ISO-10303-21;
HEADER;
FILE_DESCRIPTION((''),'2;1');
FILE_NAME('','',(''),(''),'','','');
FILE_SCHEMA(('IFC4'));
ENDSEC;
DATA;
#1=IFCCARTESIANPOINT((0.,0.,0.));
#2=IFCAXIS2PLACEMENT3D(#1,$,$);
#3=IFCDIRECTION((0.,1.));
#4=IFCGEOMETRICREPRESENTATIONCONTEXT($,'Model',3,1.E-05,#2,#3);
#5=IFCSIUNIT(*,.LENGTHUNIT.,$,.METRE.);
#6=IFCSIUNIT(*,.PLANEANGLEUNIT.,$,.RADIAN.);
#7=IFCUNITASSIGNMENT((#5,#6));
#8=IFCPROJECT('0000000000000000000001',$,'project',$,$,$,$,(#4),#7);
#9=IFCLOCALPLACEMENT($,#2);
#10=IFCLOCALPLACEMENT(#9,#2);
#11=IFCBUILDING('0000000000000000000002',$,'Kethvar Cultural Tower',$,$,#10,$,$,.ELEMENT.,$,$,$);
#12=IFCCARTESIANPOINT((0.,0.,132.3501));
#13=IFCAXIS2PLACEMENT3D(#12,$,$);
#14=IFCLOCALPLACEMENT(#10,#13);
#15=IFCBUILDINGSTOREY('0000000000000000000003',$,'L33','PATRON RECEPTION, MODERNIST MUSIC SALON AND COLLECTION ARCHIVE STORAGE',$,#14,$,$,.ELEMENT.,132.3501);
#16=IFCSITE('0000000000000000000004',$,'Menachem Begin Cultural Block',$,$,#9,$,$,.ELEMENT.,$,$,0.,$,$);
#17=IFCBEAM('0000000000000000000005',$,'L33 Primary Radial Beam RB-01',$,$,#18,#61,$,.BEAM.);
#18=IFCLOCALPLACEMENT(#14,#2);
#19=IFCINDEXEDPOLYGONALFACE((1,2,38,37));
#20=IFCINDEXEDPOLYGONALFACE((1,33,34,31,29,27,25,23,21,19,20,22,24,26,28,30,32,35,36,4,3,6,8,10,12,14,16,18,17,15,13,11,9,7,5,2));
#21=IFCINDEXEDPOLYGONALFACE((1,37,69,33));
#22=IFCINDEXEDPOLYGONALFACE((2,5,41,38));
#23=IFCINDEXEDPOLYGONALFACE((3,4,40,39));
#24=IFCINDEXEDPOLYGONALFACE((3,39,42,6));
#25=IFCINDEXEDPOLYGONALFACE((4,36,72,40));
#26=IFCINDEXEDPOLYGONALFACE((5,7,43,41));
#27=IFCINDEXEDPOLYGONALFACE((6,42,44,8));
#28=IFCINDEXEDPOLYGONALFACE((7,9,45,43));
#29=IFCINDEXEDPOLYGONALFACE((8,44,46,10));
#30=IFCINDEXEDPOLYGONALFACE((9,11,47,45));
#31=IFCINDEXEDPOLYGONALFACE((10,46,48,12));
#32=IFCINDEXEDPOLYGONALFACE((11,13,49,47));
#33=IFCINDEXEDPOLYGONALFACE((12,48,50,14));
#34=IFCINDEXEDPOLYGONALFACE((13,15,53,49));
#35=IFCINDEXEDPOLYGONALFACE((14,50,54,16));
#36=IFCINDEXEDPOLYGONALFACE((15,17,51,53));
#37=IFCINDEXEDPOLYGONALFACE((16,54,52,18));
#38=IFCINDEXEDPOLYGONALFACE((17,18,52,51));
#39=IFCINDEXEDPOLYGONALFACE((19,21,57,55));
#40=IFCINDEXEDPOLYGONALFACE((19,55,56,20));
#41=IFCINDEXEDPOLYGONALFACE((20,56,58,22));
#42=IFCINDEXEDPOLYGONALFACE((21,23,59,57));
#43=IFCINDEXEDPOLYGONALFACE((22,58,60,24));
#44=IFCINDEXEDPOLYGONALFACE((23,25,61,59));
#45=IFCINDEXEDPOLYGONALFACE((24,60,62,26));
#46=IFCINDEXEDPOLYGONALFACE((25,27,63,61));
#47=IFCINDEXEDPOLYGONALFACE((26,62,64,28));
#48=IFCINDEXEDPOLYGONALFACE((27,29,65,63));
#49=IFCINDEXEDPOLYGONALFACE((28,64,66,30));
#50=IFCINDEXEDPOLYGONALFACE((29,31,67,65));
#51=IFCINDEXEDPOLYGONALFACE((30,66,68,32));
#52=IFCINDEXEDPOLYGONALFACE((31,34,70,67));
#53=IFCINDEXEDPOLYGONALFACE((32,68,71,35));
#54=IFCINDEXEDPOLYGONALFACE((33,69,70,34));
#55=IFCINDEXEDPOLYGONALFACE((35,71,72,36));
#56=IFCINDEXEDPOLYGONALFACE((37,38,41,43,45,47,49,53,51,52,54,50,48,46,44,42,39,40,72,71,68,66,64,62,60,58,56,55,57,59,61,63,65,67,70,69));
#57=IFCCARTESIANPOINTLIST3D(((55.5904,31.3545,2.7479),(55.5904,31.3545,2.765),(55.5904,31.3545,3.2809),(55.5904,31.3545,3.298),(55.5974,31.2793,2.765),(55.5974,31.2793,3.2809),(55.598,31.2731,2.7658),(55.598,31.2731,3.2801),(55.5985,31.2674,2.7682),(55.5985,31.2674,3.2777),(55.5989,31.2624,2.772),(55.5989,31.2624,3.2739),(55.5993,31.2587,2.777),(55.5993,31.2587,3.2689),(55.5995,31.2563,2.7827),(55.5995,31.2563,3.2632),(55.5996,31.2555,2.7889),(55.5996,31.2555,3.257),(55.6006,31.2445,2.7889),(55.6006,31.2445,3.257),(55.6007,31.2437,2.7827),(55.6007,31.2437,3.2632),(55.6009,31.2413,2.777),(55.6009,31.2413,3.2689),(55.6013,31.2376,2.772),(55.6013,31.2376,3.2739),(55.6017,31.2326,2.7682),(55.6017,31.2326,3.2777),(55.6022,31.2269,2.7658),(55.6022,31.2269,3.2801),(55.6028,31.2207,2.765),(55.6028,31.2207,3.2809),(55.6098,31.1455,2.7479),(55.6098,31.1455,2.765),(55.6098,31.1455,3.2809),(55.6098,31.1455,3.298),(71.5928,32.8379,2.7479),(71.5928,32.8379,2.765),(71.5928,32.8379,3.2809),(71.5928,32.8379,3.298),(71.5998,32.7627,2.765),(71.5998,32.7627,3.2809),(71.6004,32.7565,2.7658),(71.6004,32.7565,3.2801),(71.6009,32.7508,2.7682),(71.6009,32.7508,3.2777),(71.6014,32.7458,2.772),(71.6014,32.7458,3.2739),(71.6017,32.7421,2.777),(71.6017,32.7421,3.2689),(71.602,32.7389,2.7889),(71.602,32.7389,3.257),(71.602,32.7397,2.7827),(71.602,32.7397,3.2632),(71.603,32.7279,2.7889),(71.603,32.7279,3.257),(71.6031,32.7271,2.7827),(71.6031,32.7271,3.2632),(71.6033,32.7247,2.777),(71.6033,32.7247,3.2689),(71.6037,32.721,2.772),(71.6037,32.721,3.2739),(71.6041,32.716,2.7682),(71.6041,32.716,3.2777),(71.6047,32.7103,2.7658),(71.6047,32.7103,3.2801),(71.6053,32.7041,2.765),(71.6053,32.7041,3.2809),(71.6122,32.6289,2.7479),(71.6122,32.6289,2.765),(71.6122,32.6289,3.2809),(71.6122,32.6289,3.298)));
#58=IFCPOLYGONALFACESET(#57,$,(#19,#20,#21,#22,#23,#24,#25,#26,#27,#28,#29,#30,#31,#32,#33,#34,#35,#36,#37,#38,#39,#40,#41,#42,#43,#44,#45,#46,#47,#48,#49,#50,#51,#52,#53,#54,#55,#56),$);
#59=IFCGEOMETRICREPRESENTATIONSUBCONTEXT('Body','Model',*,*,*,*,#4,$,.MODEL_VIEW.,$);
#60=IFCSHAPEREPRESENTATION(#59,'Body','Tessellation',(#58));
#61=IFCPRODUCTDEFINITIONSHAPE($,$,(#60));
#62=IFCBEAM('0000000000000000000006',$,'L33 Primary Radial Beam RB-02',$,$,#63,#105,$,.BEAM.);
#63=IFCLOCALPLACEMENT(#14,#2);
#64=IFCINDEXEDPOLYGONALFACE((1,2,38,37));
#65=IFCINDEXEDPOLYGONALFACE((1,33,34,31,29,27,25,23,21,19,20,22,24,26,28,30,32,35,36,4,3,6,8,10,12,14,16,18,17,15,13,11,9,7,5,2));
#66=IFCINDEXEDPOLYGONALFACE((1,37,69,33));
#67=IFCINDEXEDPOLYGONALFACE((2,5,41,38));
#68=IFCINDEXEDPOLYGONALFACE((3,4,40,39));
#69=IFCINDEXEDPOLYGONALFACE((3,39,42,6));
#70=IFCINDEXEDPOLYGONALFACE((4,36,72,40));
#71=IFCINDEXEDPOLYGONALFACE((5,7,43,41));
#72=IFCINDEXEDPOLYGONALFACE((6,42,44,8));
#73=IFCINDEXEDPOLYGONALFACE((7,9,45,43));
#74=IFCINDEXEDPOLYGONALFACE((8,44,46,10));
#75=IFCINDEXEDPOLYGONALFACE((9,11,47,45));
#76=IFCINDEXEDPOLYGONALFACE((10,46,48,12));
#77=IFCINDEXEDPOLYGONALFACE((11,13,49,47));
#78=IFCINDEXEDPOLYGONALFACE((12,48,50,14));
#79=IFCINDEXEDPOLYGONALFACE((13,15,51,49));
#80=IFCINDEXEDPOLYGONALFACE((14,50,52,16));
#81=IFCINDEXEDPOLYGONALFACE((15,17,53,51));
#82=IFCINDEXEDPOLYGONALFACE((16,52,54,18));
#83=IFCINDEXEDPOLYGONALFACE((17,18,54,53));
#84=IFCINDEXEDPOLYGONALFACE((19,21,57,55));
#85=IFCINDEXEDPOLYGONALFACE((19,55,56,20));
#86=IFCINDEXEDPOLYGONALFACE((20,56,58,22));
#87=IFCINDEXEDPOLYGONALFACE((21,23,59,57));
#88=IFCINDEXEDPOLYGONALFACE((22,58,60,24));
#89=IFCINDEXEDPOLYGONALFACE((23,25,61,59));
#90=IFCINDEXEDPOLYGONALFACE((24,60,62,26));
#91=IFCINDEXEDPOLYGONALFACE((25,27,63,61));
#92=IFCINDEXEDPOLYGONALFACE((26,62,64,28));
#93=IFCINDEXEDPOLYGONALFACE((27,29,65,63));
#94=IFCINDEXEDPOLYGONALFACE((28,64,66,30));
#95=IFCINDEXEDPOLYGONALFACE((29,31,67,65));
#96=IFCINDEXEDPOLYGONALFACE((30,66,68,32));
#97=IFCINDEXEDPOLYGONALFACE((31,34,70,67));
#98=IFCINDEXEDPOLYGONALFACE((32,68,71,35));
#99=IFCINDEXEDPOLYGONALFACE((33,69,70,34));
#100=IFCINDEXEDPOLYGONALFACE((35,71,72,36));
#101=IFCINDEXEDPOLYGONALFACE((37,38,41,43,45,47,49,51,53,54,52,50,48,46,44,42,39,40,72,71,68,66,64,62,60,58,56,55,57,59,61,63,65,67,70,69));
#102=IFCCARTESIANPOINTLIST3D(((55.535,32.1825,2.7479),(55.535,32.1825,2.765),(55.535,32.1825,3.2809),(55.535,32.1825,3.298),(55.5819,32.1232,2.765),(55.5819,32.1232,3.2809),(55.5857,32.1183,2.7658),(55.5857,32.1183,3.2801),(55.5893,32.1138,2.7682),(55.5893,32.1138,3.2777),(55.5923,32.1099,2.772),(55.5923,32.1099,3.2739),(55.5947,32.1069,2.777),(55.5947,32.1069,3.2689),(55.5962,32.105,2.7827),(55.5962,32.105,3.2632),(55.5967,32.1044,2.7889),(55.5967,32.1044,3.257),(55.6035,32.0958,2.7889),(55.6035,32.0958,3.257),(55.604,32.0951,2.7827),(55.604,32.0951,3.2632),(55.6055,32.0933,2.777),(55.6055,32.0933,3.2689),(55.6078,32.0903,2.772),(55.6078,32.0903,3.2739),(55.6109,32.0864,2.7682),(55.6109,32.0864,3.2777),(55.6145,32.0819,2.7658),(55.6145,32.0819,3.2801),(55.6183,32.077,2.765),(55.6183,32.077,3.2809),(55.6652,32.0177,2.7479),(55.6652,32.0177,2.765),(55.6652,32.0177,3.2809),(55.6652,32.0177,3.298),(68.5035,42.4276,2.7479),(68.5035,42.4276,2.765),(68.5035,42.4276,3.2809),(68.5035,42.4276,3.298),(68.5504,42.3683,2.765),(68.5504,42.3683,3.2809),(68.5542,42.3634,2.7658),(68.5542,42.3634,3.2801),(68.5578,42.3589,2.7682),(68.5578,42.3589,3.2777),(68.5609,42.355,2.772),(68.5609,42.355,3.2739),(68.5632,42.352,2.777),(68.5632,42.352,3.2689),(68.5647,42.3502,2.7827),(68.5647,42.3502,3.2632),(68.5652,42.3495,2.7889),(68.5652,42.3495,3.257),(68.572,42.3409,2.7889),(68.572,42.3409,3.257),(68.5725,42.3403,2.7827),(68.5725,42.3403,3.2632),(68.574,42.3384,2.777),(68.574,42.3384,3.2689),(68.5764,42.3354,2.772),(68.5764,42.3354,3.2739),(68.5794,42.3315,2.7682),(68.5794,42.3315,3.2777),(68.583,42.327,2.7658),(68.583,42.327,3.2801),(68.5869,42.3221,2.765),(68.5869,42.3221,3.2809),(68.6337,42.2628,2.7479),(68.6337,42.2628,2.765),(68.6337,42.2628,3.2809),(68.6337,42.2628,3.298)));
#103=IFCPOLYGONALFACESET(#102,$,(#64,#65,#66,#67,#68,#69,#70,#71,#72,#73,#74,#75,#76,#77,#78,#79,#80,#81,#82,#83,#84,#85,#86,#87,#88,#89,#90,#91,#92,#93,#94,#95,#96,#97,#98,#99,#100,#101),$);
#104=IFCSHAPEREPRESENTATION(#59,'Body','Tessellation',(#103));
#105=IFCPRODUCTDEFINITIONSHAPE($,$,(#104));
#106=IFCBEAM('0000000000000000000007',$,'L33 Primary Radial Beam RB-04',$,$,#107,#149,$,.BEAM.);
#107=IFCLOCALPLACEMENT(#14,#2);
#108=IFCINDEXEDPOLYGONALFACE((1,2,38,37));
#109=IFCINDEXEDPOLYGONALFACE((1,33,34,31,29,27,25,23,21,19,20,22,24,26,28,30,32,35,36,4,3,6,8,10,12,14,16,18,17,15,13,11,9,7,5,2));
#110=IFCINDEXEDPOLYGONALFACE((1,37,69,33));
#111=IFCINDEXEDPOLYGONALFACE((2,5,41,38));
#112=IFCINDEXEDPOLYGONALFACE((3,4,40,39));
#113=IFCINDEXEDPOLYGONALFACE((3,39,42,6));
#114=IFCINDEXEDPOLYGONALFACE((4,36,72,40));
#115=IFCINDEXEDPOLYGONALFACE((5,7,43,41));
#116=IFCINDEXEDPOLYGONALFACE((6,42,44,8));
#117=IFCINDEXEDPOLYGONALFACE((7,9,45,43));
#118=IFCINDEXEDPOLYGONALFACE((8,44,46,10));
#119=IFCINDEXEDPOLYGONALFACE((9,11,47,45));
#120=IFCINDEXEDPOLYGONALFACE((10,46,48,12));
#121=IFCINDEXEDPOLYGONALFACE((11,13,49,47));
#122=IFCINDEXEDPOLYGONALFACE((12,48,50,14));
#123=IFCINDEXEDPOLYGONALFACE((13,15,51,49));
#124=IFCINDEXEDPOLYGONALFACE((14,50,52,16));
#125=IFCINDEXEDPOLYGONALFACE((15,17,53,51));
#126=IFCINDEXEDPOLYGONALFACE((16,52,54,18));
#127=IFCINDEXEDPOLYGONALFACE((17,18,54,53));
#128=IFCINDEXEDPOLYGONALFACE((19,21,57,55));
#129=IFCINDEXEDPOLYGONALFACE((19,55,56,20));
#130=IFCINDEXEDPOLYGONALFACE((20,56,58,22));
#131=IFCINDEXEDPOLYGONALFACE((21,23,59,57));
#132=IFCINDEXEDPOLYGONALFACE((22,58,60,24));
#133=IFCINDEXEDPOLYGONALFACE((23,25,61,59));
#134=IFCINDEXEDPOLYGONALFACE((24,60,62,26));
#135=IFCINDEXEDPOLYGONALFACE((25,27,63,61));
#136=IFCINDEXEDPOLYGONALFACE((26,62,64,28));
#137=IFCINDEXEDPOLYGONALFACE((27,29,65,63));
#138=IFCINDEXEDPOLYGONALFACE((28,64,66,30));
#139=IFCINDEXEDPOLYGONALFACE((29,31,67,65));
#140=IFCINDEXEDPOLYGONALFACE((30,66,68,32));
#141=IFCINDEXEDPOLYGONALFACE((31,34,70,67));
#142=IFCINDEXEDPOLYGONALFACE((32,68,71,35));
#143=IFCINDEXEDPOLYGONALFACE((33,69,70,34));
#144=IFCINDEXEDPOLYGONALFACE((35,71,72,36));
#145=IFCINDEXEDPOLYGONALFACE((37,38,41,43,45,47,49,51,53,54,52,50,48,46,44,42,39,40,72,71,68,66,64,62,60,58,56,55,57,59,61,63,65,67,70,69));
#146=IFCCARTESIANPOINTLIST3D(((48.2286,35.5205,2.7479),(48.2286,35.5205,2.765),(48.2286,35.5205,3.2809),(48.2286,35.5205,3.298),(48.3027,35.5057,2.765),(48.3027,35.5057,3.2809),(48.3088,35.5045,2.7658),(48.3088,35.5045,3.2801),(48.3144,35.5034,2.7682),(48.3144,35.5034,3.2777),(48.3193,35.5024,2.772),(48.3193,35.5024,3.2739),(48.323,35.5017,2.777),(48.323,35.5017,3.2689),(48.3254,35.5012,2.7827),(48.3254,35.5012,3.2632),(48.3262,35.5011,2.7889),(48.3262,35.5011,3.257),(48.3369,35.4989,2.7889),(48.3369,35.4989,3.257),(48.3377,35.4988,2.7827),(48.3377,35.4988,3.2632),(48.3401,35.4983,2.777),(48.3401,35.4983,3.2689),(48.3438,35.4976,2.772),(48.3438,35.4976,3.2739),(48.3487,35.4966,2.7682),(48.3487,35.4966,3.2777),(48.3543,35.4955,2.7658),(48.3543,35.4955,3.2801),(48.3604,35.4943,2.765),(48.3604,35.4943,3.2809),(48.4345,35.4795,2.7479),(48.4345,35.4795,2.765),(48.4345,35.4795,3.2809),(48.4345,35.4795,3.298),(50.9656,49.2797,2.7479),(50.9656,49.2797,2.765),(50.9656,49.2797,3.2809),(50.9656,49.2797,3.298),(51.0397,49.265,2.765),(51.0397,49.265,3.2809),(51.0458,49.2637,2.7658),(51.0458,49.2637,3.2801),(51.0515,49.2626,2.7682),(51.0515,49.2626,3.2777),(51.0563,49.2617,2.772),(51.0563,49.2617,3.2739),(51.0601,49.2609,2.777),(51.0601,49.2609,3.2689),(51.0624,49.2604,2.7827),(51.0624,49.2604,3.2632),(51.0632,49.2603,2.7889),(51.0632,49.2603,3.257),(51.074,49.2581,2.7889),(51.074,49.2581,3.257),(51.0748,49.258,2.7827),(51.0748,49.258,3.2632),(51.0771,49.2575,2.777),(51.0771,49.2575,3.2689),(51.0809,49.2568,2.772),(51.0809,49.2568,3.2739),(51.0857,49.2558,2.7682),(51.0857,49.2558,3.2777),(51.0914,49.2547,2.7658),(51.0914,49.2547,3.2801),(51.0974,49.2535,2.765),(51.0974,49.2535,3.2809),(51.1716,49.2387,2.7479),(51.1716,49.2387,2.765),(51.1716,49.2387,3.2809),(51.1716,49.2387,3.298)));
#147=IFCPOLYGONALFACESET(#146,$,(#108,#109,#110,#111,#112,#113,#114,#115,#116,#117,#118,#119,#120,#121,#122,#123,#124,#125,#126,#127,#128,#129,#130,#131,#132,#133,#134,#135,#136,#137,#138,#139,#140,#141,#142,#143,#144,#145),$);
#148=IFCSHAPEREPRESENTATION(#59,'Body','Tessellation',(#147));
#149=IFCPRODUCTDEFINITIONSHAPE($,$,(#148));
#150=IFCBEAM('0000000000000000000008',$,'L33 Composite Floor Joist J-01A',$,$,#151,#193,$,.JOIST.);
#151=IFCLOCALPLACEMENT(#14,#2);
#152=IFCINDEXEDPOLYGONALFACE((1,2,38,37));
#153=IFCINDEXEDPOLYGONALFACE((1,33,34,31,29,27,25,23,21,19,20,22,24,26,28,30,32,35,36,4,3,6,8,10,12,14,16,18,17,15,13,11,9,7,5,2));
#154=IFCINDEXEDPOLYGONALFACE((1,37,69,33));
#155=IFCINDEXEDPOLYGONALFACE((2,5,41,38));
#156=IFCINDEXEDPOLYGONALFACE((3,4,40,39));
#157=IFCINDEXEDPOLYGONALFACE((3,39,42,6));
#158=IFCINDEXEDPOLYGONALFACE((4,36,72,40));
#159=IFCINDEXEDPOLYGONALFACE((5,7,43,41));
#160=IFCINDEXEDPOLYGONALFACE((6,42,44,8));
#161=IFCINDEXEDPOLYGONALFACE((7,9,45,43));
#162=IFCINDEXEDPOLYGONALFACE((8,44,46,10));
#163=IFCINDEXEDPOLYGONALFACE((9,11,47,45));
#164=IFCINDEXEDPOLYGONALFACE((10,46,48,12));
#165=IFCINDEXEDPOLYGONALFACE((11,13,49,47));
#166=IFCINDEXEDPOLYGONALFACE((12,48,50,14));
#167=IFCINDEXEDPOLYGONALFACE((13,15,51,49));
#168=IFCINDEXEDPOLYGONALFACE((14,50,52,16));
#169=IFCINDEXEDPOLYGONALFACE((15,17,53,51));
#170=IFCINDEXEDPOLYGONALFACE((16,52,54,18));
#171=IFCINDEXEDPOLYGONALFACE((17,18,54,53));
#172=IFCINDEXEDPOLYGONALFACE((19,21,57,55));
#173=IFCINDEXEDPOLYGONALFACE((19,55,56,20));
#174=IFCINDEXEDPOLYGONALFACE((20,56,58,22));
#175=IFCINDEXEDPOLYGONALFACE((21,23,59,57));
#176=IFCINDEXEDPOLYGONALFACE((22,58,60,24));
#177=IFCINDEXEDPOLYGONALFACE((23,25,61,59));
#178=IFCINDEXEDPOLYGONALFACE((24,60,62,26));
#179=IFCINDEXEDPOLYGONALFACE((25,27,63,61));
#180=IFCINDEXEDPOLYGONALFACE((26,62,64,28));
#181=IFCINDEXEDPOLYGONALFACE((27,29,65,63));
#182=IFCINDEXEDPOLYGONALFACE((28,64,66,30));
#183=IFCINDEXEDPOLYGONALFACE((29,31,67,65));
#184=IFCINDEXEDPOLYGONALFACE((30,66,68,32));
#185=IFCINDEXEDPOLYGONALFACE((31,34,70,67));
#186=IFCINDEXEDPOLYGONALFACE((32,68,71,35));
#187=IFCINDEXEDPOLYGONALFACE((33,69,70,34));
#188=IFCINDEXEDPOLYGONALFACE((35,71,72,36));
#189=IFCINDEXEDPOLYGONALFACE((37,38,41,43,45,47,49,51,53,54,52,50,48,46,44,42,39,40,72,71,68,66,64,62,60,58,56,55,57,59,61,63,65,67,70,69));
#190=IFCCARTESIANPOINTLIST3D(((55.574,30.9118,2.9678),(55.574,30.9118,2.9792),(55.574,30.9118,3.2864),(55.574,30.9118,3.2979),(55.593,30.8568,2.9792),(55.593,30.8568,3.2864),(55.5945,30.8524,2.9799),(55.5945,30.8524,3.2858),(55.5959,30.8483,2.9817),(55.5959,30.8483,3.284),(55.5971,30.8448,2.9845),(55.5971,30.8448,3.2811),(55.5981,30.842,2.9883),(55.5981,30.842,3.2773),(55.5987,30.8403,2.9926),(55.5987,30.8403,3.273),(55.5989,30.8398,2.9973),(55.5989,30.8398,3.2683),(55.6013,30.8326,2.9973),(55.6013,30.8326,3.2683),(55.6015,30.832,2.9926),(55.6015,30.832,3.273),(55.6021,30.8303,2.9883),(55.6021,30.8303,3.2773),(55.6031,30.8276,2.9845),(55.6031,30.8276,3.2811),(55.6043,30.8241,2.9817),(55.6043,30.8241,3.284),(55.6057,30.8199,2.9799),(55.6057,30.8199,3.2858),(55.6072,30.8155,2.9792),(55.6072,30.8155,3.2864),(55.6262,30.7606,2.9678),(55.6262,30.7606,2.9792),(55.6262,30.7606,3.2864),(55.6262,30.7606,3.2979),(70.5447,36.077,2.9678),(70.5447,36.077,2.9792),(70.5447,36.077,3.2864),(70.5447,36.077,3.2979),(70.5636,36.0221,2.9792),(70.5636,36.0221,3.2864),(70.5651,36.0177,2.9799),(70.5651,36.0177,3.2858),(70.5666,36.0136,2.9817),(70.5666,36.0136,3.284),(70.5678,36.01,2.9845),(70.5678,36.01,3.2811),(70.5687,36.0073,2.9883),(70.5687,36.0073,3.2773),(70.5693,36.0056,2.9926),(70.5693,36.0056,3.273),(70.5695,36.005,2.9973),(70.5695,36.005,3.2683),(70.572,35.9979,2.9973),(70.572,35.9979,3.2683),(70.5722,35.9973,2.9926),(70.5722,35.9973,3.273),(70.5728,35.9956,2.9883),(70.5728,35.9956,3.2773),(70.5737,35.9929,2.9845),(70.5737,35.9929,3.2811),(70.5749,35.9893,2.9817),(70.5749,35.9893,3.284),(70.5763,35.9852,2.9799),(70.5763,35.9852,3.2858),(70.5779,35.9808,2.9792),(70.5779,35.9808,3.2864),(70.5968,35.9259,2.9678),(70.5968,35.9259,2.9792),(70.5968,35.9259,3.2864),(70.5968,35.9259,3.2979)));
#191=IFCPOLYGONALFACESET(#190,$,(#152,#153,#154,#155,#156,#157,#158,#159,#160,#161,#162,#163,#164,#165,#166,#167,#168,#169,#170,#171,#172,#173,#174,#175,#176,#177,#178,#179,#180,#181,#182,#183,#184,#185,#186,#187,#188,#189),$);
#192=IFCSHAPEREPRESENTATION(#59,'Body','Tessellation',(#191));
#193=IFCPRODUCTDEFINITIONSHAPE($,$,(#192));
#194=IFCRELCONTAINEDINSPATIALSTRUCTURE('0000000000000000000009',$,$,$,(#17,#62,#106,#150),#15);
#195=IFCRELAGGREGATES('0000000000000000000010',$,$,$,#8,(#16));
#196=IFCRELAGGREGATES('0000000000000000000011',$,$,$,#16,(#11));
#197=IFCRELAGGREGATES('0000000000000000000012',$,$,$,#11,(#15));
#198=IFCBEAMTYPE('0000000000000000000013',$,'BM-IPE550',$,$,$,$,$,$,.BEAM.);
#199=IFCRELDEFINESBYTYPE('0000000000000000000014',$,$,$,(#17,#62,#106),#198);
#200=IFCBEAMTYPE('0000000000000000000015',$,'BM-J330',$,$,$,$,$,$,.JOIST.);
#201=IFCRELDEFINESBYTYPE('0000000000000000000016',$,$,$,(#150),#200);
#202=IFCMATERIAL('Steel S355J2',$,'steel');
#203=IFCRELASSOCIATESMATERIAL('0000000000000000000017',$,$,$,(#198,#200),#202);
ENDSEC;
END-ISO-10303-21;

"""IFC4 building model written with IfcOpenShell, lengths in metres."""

from ifc_helpers import new_model, si_unit, direction, frame, origin, origin_2d, place, context, subcontext, project, spatial, i_section, extrude, source, transform, mapped, material, material_profile, profile_set, type_object, element, save


model = new_model("IFC4")

# Units and contexts
model_context = context("Model", 3, precision=1e-05, world=origin(), true_north=direction((0.0, 1.0)))
body_context = subcontext(model_context, "Body", "Model", "MODEL_VIEW")
ifc_project = project(units=[si_unit("LENGTHUNIT", "METRE"), si_unit("PLANEANGLEUNIT", "RADIAN")], contexts=[model_context])

# Site, building, storey
site_placement = place(None, origin())
site = spatial("IfcSite", under=ifc_project, at=site_placement, Name="Menachem Begin Cultural Block", CompositionType="ELEMENT", RefElevation=0.0)
building_placement = place(site_placement, origin())
building = spatial("IfcBuilding", under=site, at=building_placement, Name="Kethvar Cultural Tower", CompositionType="ELEMENT")
storey_placement = place(building_placement, frame((0.0, 0.0, 132.3501)))
storey = spatial("IfcBuildingStorey", under=building, at=storey_placement, Name="L33", Description="PATRON RECEPTION, MODERNIST MUSIC SALON AND COLLECTION ARCHIVE STORAGE", CompositionType="ELEMENT", Elevation=132.3501)

# Beams
ifc_material_1 = material(Name="Steel S355J2", Category="steel")
ifc_material_profile_1 = material_profile(ifc_material_1, i_section(OverallWidth=0.21, OverallDepth=0.55, WebThickness=0.011, FlangeThickness=0.0171, FilletRadius=0.0239, at=origin_2d()), Name="Steel S355J2 — IPE550")
ifc_profile_set_1 = profile_set([ifc_material_profile_1], Name="Steel S355J2 — IPE550")
beam_type_1 = type_object("IfcBeamType", Name="BM-IPE550", PredefinedType="BEAM", material=ifc_profile_set_1)
shared_shape_1 = source(origin(), body_context, "Body", "SweptSolid", [
    extrude(i_section(OverallWidth=0.21, OverallDepth=0.55, WebThickness=0.011, FlangeThickness=0.0171, FilletRadius=0.0239, at=origin_2d()), origin(), (0.0, 0.0, 1.0), 16.071),
])
beam_1_placement = place(storey_placement, frame((55.6001, 31.25, 3.0229), z_axis=(0.995731, 0.092303, 0.0), x_axis=(-0.092303, 0.995731, 0.0)))
element("IfcBeam", 1, at=beam_1_placement, inside=storey, type_object=beam_type_1, Name="L33 Primary Radial Beam RB-01", PredefinedType="BEAM", context=body_context, shape_type="MappedRepresentation", body=[
    mapped(shared_shape_1, transform((0.0, 0.0, 0.0), scale=1.0)),
])
shared_shape_2 = source(origin(), body_context, "Body", "SweptSolid", [
    extrude(i_section(OverallWidth=0.21, OverallDepth=0.55, WebThickness=0.011, FlangeThickness=0.0171, FilletRadius=0.0239, at=origin_2d()), origin(), (0.0, 0.0, 1.0), 16.5271),
])
beam_2_placement = place(storey_placement, frame((55.6001, 32.1001, 3.0229), z_axis=(0.784682, 0.619899, 0.0), x_axis=(-0.619899, 0.784682, 0.0)))
element("IfcBeam", 2, at=beam_2_placement, inside=storey, type_object=beam_type_1, Name="L33 Primary Radial Beam RB-02", PredefinedType="BEAM", context=body_context, shape_type="MappedRepresentation", body=[
    mapped(shared_shape_2, transform((0.0, 0.0, 0.0), scale=1.0)),
])
shared_shape_3 = source(origin(), body_context, "Body", "SweptSolid", [
    extrude(i_section(OverallWidth=0.21, OverallDepth=0.55, WebThickness=0.011, FlangeThickness=0.0171, FilletRadius=0.0239, at=origin_2d()), origin(), (0.0, 0.0, 1.0), 14.0288),
])
beam_3_placement = place(storey_placement, frame((48.3315, 35.5, 3.0229), z_axis=(0.195102, 0.980783, 0.0), x_axis=(-0.980783, 0.195102, 0.0)))
element("IfcBeam", 3, at=beam_3_placement, inside=storey, type_object=beam_type_1, Name="L33 Primary Radial Beam RB-04", PredefinedType="BEAM", context=body_context, shape_type="MappedRepresentation", body=[
    mapped(shared_shape_3, transform((0.0, 0.0, 0.0), scale=1.0)),
])
ifc_material_profile_2 = material_profile(ifc_material_1, i_section(OverallWidth=0.1599, OverallDepth=0.3301, WebThickness=0.0076, FlangeThickness=0.0115, FilletRadius=0.0181, at=origin_2d()), Name="Steel S355J2 — IPE330")
ifc_profile_set_2 = profile_set([ifc_material_profile_2], Name="Steel S355J2 — IPE330")
beam_type_2 = type_object("IfcBeamType", Name="BM-J330", PredefinedType="JOIST", material=ifc_profile_set_2)
shared_shape_4 = source(origin(), body_context, "Body", "SweptSolid", [
    extrude(i_section(OverallWidth=0.1599, OverallDepth=0.3301, WebThickness=0.0076, FlangeThickness=0.0115, FilletRadius=0.0181, at=origin_2d()), origin(), (0.0, 0.0, 1.0), 15.8367),
])
beam_4_placement = place(storey_placement, frame((55.6001, 30.8362, 3.1328), z_axis=(0.945315, 0.326158, 0.0), x_axis=(-0.326158, 0.945315, 0.0)))
element("IfcBeam", 4, at=beam_4_placement, inside=storey, type_object=beam_type_2, Name="L33 Composite Floor Joist J-01A", PredefinedType="JOIST", context=body_context, shape_type="MappedRepresentation", body=[
    mapped(shared_shape_4, transform((0.0, 0.0, 0.0), scale=1.0)),
])

save(model, "model.ifc")
